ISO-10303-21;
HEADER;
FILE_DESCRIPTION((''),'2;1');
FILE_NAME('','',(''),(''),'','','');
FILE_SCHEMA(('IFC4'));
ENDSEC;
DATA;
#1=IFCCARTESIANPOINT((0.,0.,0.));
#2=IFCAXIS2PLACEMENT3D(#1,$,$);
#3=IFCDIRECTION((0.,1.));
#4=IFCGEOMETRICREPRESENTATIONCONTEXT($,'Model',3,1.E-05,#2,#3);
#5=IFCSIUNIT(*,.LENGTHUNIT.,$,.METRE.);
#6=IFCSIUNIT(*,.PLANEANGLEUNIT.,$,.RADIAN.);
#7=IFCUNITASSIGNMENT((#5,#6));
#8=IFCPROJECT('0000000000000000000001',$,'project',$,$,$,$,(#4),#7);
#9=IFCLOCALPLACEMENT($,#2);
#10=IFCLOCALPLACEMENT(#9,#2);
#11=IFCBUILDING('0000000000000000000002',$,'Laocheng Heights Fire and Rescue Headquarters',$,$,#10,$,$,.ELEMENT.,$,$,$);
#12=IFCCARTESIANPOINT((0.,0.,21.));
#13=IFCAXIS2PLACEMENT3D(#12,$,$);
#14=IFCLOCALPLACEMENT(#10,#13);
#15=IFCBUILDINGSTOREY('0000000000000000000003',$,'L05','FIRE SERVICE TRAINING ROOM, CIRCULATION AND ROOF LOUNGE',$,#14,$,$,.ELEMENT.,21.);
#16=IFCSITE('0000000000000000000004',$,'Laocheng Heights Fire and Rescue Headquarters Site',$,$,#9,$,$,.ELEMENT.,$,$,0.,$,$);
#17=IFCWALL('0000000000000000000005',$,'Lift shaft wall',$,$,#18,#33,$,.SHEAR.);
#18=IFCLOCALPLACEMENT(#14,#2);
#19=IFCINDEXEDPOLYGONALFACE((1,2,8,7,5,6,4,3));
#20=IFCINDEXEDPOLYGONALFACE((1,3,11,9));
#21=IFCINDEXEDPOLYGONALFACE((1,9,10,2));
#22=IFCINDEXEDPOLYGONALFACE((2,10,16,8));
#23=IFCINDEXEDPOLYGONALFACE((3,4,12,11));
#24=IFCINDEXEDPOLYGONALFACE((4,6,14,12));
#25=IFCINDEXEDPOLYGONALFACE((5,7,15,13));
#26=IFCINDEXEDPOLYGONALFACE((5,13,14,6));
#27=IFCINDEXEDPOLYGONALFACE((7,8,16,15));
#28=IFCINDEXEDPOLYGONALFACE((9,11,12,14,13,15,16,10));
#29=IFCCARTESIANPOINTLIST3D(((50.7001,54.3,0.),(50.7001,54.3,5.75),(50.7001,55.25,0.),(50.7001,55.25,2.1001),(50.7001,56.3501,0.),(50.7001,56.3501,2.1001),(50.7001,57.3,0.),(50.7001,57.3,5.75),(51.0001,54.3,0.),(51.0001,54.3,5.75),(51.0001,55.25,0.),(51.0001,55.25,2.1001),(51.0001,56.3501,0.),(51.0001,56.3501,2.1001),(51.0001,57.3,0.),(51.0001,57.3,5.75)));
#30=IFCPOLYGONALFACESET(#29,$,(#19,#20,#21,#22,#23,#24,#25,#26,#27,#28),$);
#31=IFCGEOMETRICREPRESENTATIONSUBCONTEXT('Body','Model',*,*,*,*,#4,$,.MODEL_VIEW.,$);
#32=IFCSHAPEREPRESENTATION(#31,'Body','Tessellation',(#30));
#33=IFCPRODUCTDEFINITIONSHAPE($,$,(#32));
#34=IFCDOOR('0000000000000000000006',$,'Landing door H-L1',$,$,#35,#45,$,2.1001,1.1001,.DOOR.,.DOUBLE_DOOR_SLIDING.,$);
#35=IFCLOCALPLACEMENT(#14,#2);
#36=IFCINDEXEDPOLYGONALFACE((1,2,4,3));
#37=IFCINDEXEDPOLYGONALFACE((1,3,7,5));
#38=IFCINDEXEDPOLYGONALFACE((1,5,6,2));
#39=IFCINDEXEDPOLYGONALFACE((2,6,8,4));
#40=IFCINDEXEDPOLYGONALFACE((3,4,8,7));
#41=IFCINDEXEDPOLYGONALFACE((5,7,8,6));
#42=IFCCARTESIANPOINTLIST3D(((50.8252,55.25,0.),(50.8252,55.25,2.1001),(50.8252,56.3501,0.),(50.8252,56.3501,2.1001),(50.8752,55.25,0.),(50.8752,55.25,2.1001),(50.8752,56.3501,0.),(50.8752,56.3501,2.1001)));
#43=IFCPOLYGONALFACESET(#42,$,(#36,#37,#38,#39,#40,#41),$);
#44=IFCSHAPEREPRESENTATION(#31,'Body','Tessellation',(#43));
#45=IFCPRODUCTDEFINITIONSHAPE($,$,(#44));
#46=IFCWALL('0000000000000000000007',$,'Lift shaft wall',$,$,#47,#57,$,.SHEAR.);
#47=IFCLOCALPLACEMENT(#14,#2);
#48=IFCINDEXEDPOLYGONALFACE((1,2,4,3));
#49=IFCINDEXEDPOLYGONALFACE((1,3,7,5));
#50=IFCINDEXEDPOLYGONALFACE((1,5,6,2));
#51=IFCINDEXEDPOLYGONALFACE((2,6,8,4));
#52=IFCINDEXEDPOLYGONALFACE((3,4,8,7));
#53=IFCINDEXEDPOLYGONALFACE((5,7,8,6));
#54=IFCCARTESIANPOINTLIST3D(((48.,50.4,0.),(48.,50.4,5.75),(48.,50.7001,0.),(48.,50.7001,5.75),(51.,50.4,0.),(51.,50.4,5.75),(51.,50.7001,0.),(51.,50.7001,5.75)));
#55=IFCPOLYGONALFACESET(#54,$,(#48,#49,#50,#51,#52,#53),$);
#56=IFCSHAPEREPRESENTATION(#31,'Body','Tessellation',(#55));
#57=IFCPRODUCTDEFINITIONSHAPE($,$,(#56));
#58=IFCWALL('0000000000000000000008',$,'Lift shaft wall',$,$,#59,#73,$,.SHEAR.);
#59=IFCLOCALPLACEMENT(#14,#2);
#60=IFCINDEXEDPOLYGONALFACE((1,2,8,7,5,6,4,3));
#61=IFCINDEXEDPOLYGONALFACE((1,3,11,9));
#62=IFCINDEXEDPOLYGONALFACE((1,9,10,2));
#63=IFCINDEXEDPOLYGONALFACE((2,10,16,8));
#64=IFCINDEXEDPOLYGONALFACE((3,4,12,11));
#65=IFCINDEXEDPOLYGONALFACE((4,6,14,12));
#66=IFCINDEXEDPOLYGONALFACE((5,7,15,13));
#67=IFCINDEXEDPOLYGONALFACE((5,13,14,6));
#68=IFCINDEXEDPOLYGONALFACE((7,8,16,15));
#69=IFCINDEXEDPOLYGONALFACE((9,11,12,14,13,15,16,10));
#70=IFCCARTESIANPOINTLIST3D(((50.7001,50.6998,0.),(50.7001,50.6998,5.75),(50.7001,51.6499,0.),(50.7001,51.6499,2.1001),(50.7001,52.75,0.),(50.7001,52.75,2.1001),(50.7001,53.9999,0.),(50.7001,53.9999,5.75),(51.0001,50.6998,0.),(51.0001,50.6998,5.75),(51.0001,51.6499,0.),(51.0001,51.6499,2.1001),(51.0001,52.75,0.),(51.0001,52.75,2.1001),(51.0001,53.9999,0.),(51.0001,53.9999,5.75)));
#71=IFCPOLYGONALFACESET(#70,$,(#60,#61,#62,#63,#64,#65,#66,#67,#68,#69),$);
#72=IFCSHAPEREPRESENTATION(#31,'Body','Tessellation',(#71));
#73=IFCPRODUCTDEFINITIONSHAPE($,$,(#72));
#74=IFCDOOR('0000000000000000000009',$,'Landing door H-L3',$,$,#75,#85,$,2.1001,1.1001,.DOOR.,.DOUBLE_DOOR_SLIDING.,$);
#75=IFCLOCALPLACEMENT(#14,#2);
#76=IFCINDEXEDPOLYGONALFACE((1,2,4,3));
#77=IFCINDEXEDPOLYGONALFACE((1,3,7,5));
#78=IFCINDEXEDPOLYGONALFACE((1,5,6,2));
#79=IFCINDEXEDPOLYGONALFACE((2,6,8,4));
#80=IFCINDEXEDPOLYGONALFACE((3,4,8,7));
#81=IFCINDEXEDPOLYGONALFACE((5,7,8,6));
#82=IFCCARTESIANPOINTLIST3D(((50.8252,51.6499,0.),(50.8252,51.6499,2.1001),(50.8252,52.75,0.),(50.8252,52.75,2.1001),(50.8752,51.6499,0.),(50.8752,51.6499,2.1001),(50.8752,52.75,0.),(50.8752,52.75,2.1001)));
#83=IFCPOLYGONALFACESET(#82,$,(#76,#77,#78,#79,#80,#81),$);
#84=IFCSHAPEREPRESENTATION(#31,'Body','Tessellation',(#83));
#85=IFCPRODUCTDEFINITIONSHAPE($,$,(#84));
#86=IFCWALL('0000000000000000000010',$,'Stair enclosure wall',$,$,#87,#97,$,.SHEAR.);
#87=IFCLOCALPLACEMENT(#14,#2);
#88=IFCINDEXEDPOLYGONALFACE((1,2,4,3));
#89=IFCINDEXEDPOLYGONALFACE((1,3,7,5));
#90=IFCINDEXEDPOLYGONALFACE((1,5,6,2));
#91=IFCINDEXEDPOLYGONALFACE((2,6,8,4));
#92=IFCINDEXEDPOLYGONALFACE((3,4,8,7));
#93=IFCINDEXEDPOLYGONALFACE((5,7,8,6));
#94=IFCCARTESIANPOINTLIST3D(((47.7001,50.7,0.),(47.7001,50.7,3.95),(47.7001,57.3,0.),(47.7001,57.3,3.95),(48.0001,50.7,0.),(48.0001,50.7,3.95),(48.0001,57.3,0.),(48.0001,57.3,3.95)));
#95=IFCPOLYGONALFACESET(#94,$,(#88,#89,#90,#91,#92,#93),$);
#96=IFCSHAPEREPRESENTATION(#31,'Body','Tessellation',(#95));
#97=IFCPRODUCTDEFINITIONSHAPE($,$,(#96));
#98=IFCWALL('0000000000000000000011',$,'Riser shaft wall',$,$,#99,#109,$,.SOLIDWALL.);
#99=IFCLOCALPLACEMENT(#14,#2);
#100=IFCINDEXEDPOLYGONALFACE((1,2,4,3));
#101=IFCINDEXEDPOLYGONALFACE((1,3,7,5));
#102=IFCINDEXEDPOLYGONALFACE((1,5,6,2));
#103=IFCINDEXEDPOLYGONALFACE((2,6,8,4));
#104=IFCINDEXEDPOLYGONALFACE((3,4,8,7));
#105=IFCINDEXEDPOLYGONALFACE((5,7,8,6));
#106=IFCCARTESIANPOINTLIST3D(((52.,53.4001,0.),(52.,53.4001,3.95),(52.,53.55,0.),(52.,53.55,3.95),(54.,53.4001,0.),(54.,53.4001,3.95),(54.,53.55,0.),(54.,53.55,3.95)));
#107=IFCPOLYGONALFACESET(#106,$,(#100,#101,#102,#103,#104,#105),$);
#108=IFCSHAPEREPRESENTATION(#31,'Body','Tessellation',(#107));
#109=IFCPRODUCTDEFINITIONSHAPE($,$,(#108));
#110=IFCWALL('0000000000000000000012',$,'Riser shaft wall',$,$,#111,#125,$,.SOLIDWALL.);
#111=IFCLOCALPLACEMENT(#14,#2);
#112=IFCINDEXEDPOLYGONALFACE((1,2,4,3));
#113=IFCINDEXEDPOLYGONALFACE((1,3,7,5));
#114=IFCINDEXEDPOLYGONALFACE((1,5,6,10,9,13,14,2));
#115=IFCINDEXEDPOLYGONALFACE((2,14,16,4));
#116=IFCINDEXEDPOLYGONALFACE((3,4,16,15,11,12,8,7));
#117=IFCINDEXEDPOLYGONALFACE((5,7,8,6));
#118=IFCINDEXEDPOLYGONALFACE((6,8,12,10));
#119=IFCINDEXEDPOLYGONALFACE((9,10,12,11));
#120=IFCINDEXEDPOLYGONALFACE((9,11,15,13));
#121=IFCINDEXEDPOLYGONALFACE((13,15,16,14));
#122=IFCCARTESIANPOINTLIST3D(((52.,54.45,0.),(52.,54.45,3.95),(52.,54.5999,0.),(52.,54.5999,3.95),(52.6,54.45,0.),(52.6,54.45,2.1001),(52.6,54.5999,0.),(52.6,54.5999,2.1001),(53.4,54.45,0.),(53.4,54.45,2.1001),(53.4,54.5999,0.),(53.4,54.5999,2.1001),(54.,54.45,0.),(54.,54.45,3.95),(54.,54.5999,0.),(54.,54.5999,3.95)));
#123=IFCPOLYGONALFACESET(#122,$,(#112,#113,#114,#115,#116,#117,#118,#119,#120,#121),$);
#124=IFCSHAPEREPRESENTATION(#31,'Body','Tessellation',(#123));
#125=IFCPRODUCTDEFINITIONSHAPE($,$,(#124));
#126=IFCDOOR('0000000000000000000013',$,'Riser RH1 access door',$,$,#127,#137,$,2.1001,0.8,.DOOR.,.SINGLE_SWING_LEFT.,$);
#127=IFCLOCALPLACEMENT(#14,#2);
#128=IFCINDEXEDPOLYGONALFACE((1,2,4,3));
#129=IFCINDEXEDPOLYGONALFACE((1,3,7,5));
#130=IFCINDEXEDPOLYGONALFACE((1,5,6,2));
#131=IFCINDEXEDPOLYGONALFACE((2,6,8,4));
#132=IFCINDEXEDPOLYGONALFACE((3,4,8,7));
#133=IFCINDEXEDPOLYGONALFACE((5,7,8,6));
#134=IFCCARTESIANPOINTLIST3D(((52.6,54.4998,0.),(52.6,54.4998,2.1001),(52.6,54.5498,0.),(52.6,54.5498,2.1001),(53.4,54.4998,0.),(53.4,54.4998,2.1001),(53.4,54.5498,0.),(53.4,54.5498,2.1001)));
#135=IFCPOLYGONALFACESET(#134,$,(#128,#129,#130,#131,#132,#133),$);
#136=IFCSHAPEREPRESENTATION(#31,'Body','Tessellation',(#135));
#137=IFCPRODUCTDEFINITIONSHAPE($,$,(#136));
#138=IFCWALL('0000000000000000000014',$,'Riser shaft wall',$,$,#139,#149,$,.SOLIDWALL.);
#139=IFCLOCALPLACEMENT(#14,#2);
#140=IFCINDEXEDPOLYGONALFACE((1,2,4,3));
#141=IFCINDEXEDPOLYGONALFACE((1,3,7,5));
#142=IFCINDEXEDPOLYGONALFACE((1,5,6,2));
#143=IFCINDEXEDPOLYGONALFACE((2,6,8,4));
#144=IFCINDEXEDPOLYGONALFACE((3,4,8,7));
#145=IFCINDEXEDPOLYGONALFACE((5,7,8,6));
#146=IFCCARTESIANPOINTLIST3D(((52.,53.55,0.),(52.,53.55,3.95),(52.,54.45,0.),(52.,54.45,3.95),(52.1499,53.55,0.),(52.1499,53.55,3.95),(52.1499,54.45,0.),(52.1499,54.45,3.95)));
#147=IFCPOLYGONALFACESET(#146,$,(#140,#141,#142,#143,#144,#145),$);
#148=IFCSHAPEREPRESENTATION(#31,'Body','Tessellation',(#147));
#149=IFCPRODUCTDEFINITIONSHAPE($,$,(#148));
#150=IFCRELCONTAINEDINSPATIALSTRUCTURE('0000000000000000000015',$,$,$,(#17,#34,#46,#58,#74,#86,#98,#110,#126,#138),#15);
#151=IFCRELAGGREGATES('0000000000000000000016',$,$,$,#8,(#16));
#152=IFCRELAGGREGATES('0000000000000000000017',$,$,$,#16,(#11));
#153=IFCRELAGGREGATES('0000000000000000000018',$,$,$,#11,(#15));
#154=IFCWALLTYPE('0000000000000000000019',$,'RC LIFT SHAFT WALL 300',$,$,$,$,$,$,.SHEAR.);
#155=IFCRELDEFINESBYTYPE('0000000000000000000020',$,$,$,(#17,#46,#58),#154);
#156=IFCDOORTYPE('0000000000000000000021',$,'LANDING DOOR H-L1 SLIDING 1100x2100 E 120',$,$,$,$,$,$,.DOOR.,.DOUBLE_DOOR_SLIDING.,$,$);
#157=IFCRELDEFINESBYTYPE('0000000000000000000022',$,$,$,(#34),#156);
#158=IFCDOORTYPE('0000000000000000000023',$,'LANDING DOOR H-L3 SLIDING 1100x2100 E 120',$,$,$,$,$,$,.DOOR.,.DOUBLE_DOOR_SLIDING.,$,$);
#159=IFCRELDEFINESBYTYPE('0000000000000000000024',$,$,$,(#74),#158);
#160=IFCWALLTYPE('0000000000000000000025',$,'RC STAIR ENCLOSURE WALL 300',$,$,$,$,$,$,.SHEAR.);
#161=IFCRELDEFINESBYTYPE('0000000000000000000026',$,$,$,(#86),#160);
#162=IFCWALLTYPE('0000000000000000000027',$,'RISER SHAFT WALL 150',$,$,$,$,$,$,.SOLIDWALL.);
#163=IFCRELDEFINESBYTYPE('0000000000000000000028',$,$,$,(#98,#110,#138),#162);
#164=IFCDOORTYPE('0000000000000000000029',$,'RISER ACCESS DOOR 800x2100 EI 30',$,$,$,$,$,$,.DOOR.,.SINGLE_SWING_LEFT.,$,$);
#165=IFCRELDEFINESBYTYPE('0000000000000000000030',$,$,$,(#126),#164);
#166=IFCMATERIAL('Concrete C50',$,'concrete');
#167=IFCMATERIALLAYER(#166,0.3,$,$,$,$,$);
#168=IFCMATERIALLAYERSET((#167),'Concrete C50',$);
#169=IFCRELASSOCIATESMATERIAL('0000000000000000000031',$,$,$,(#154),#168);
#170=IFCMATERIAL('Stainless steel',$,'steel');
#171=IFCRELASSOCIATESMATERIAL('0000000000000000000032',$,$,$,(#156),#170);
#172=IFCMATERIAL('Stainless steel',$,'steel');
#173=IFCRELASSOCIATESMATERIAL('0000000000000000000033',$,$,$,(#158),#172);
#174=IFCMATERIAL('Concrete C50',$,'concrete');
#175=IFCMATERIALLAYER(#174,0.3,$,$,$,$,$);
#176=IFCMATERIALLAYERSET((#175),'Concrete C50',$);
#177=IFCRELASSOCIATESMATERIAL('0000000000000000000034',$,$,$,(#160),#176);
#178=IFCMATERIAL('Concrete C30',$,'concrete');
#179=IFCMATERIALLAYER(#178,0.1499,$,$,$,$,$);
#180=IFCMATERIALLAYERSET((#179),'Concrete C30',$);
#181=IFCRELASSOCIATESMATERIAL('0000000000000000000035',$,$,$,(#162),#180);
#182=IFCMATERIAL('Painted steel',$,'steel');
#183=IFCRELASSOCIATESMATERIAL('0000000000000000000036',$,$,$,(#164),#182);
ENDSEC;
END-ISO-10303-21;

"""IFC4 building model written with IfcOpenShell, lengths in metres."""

from ifc_helpers import new_model, si_unit, direction, frame, frame_2d, origin, place, context, subcontext, project, spatial, rectangle, extrude, material, layer, layer_set, type_object, element, fill, save


model = new_model("IFC4")

# Units and contexts
model_context = context("Model", 3, precision=1e-05, world=origin(), true_north=direction((0.0, 1.0)))
body_context = subcontext(model_context, "Body", "Model", "MODEL_VIEW")
ifc_project = project(units=[si_unit("LENGTHUNIT", "METRE"), si_unit("PLANEANGLEUNIT", "RADIAN")], contexts=[model_context])

# Site, building, storey
site_placement = place(None, origin())
site = spatial("IfcSite", under=ifc_project, at=site_placement, Name="Laocheng Heights Fire and Rescue Headquarters Site", CompositionType="ELEMENT", RefElevation=0.0)
building_placement = place(site_placement, origin())
building = spatial("IfcBuilding", under=site, at=building_placement, Name="Laocheng Heights Fire and Rescue Headquarters", CompositionType="ELEMENT")
storey_placement = place(building_placement, frame((0.0, 0.0, 21.0)))
storey = spatial("IfcBuildingStorey", under=building, at=storey_placement, Name="L05", Description="FIRE SERVICE TRAINING ROOM, CIRCULATION AND ROOF LOUNGE", CompositionType="ELEMENT", Elevation=21.0)

# Shared definitions
ifc_material_1 = material(Name="Concrete C50", Category="concrete")
ifc_layer_1 = layer(ifc_material_1, 0.3)
ifc_layer_set_1 = layer_set([ifc_layer_1], Name="Concrete C50")
wall_type_1 = type_object("IfcWallType", Name="RC LIFT SHAFT WALL 300", PredefinedType="SHEAR", material=ifc_layer_set_1)

# Wall, opening, door
wall_1_placement = place(storey_placement, frame((50.8501, 54.3, 0.0), z_axis=(0.0, 0.0, 1.0), x_axis=(0.0, 1.0, 0.0)))
wall_1 = element("IfcWall", 1, at=wall_1_placement, inside=storey, type_object=wall_type_1, Name="Lift shaft wall", PredefinedType="SHEAR", context=body_context, shape_type="SweptSolid", body=[
    extrude(rectangle(XDim=3.0, YDim=0.3, at=frame_2d((1.5, 0.0))), origin(), (0.0, 0.0, 1.0), 5.75),
])
opening_1_placement = place(wall_1_placement, frame((0.95, 0.0, 0.0)))
opening_1 = element("IfcOpeningElement", 2, at=opening_1_placement, cuts=wall_1, PredefinedType="OPENING", context=body_context, shape_type="SweptSolid", body=[
    extrude(rectangle(XDim=1.1001, YDim=2.1001, at=frame_2d((0.55, 1.05))), frame((0.0, 0.1599, 0.0), z_axis=(0.0, -1.0, 0.0), x_axis=(1.0, 0.0, 0.0)), (0.0, 0.0, 1.0), 0.3201),
])
ifc_material_2 = material(Name="Stainless steel", Category="steel")
door_type_1 = type_object("IfcDoorType", Name="LANDING DOOR H-L1 SLIDING 1100x2100 E 120", OperationType="DOUBLE_DOOR_SLIDING", PredefinedType="DOOR", material=ifc_material_2)
door_1_placement = place(opening_1_placement, origin())
door_1 = element("IfcDoor", 3, at=door_1_placement, inside=storey, type_object=door_type_1, Name="Landing door H-L1", OperationType="DOUBLE_DOOR_SLIDING", OverallHeight=2.1001, OverallWidth=1.1001, PredefinedType="DOOR", context=body_context, shape_type="SweptSolid", body=[
    extrude(rectangle(XDim=1.1001, YDim=2.1001, at=frame_2d((0.55, 1.05))), frame((0.0, 0.0249, 0.0), z_axis=(0.0, -1.0, 0.0), x_axis=(1.0, 0.0, 0.0)), (0.0, 0.0, 1.0), 0.05),
])
fill(opening_1, door_1)

# Wall
wall_2_placement = place(storey_placement, frame((48.0, 50.55, 0.0), z_axis=(0.0, 0.0, 1.0), x_axis=(1.0, 0.0, 0.0)))
element("IfcWall", 4, at=wall_2_placement, inside=storey, type_object=wall_type_1, Name="Lift shaft wall", PredefinedType="SHEAR", context=body_context, shape_type="SweptSolid", body=[
    extrude(rectangle(XDim=3.0, YDim=0.3, at=frame_2d((1.5, 0.0))), origin(), (0.0, 0.0, 1.0), 5.75),
])

# Wall, opening, door
wall_3_placement = place(storey_placement, frame((50.8501, 50.7, 0.0), z_axis=(0.0, 0.0, 1.0), x_axis=(0.0, 1.0, 0.0)))
wall_3 = element("IfcWall", 5, at=wall_3_placement, inside=storey, type_object=wall_type_1, Name="Lift shaft wall", PredefinedType="SHEAR", context=body_context, shape_type="SweptSolid", body=[
    extrude(rectangle(XDim=3.3, YDim=0.3, at=frame_2d((1.6499, 0.0))), origin(), (0.0, 0.0, 1.0), 5.75),
])
opening_2_placement = place(wall_3_placement, frame((0.95, 0.0, 0.0)))
opening_2 = element("IfcOpeningElement", 6, at=opening_2_placement, cuts=wall_3, PredefinedType="OPENING", context=body_context, shape_type="SweptSolid", body=[
    extrude(rectangle(XDim=1.1001, YDim=2.1001, at=frame_2d((0.55, 1.05))), frame((0.0, 0.1599, 0.0), z_axis=(0.0, -1.0, 0.0), x_axis=(1.0, 0.0, 0.0)), (0.0, 0.0, 1.0), 0.3201),
])
ifc_material_3 = material(Name="Stainless steel", Category="steel")
door_type_2 = type_object("IfcDoorType", Name="LANDING DOOR H-L3 SLIDING 1100x2100 E 120", OperationType="DOUBLE_DOOR_SLIDING", PredefinedType="DOOR", material=ifc_material_3)
door_2_placement = place(opening_2_placement, origin())
door_2 = element("IfcDoor", 7, at=door_2_placement, inside=storey, type_object=door_type_2, Name="Landing door H-L3", OperationType="DOUBLE_DOOR_SLIDING", OverallHeight=2.1001, OverallWidth=1.1001, PredefinedType="DOOR", context=body_context, shape_type="SweptSolid", body=[
    extrude(rectangle(XDim=1.1001, YDim=2.1001, at=frame_2d((0.55, 1.05))), frame((0.0, 0.0249, 0.0), z_axis=(0.0, -1.0, 0.0), x_axis=(1.0, 0.0, 0.0)), (0.0, 0.0, 1.0), 0.05),
])
fill(opening_2, door_2)

# Walls
ifc_material_4 = material(Name="Concrete C50", Category="concrete")
ifc_layer_2 = layer(ifc_material_4, 0.3)
ifc_layer_set_2 = layer_set([ifc_layer_2], Name="Concrete C50")
wall_type_2 = type_object("IfcWallType", Name="RC STAIR ENCLOSURE WALL 300", PredefinedType="SHEAR", material=ifc_layer_set_2)
wall_4_placement = place(storey_placement, frame((47.8501, 50.7, 0.0), z_axis=(0.0, 0.0, 1.0), x_axis=(0.0, 1.0, 0.0)))
element("IfcWall", 8, at=wall_4_placement, inside=storey, type_object=wall_type_2, Name="Stair enclosure wall", PredefinedType="SHEAR", context=body_context, shape_type="SweptSolid", body=[
    extrude(rectangle(XDim=6.6001, YDim=0.3, at=frame_2d((3.3, 0.0))), origin(), (0.0, 0.0, 1.0), 3.95),
])
ifc_material_5 = material(Name="Concrete C30", Category="concrete")
ifc_layer_3 = layer(ifc_material_5, 0.1499)
ifc_layer_set_3 = layer_set([ifc_layer_3], Name="Concrete C30")
wall_type_3 = type_object("IfcWallType", Name="RISER SHAFT WALL 150", PredefinedType="SOLIDWALL", material=ifc_layer_set_3)
wall_5_placement = place(storey_placement, frame((52.0, 53.4751, 0.0), z_axis=(0.0, 0.0, 1.0), x_axis=(1.0, 0.0, 0.0)))
element("IfcWall", 9, at=wall_5_placement, inside=storey, type_object=wall_type_3, Name="Riser shaft wall", PredefinedType="SOLIDWALL", context=body_context, shape_type="SweptSolid", body=[
    extrude(rectangle(XDim=2.0, YDim=0.1499, at=frame_2d((1.0, 0.0))), origin(), (0.0, 0.0, 1.0), 3.95),
])

# Wall, opening, door
wall_6_placement = place(storey_placement, frame((52.0, 54.5249, 0.0), z_axis=(0.0, 0.0, 1.0), x_axis=(1.0, 0.0, 0.0)))
wall_6 = element("IfcWall", 10, at=wall_6_placement, inside=storey, type_object=wall_type_3, Name="Riser shaft wall", PredefinedType="SOLIDWALL", context=body_context, shape_type="SweptSolid", body=[
    extrude(rectangle(XDim=2.0, YDim=0.1499, at=frame_2d((1.0, 0.0))), origin(), (0.0, 0.0, 1.0), 3.95),
])
opening_3_placement = place(wall_6_placement, frame((0.6001, 0.0, 0.0)))
opening_3 = element("IfcOpeningElement", 11, at=opening_3_placement, cuts=wall_6, PredefinedType="OPENING", context=body_context, shape_type="SweptSolid", body=[
    extrude(rectangle(XDim=0.8, YDim=2.1001, at=frame_2d((0.3999, 1.05))), frame((0.0, 0.085, 0.0), z_axis=(0.0, -1.0, 0.0), x_axis=(1.0, 0.0, 0.0)), (0.0, 0.0, 1.0), 0.1699),
])
ifc_material_6 = material(Name="Painted steel", Category="steel")
door_type_3 = type_object("IfcDoorType", Name="RISER ACCESS DOOR 800x2100 EI 30", OperationType="SINGLE_SWING_LEFT", PredefinedType="DOOR", material=ifc_material_6)
door_3_placement = place(opening_3_placement, origin())
door_3 = element("IfcDoor", 12, at=door_3_placement, inside=storey, type_object=door_type_3, Name="Riser RH1 access door", OperationType="SINGLE_SWING_LEFT", OverallHeight=2.1001, OverallWidth=0.8, PredefinedType="DOOR", context=body_context, shape_type="SweptSolid", body=[
    extrude(rectangle(XDim=0.8, YDim=2.1001, at=frame_2d((0.3999, 1.05))), frame((0.0, 0.0249, 0.0), z_axis=(0.0, -1.0, 0.0), x_axis=(1.0, 0.0, 0.0)), (0.0, 0.0, 1.0), 0.05),
])
fill(opening_3, door_3)

# Wall
wall_7_placement = place(storey_placement, frame((52.075, 53.55, 0.0), z_axis=(0.0, 0.0, 1.0), x_axis=(0.0, 1.0, 0.0)))
element("IfcWall", 13, at=wall_7_placement, inside=storey, type_object=wall_type_3, Name="Riser shaft wall", PredefinedType="SOLIDWALL", context=body_context, shape_type="SweptSolid", body=[
    extrude(rectangle(XDim=0.8999, YDim=0.1499, at=frame_2d((0.45, 0.0))), origin(), (0.0, 0.0, 1.0), 3.95),
])

save(model, "model.ifc")
